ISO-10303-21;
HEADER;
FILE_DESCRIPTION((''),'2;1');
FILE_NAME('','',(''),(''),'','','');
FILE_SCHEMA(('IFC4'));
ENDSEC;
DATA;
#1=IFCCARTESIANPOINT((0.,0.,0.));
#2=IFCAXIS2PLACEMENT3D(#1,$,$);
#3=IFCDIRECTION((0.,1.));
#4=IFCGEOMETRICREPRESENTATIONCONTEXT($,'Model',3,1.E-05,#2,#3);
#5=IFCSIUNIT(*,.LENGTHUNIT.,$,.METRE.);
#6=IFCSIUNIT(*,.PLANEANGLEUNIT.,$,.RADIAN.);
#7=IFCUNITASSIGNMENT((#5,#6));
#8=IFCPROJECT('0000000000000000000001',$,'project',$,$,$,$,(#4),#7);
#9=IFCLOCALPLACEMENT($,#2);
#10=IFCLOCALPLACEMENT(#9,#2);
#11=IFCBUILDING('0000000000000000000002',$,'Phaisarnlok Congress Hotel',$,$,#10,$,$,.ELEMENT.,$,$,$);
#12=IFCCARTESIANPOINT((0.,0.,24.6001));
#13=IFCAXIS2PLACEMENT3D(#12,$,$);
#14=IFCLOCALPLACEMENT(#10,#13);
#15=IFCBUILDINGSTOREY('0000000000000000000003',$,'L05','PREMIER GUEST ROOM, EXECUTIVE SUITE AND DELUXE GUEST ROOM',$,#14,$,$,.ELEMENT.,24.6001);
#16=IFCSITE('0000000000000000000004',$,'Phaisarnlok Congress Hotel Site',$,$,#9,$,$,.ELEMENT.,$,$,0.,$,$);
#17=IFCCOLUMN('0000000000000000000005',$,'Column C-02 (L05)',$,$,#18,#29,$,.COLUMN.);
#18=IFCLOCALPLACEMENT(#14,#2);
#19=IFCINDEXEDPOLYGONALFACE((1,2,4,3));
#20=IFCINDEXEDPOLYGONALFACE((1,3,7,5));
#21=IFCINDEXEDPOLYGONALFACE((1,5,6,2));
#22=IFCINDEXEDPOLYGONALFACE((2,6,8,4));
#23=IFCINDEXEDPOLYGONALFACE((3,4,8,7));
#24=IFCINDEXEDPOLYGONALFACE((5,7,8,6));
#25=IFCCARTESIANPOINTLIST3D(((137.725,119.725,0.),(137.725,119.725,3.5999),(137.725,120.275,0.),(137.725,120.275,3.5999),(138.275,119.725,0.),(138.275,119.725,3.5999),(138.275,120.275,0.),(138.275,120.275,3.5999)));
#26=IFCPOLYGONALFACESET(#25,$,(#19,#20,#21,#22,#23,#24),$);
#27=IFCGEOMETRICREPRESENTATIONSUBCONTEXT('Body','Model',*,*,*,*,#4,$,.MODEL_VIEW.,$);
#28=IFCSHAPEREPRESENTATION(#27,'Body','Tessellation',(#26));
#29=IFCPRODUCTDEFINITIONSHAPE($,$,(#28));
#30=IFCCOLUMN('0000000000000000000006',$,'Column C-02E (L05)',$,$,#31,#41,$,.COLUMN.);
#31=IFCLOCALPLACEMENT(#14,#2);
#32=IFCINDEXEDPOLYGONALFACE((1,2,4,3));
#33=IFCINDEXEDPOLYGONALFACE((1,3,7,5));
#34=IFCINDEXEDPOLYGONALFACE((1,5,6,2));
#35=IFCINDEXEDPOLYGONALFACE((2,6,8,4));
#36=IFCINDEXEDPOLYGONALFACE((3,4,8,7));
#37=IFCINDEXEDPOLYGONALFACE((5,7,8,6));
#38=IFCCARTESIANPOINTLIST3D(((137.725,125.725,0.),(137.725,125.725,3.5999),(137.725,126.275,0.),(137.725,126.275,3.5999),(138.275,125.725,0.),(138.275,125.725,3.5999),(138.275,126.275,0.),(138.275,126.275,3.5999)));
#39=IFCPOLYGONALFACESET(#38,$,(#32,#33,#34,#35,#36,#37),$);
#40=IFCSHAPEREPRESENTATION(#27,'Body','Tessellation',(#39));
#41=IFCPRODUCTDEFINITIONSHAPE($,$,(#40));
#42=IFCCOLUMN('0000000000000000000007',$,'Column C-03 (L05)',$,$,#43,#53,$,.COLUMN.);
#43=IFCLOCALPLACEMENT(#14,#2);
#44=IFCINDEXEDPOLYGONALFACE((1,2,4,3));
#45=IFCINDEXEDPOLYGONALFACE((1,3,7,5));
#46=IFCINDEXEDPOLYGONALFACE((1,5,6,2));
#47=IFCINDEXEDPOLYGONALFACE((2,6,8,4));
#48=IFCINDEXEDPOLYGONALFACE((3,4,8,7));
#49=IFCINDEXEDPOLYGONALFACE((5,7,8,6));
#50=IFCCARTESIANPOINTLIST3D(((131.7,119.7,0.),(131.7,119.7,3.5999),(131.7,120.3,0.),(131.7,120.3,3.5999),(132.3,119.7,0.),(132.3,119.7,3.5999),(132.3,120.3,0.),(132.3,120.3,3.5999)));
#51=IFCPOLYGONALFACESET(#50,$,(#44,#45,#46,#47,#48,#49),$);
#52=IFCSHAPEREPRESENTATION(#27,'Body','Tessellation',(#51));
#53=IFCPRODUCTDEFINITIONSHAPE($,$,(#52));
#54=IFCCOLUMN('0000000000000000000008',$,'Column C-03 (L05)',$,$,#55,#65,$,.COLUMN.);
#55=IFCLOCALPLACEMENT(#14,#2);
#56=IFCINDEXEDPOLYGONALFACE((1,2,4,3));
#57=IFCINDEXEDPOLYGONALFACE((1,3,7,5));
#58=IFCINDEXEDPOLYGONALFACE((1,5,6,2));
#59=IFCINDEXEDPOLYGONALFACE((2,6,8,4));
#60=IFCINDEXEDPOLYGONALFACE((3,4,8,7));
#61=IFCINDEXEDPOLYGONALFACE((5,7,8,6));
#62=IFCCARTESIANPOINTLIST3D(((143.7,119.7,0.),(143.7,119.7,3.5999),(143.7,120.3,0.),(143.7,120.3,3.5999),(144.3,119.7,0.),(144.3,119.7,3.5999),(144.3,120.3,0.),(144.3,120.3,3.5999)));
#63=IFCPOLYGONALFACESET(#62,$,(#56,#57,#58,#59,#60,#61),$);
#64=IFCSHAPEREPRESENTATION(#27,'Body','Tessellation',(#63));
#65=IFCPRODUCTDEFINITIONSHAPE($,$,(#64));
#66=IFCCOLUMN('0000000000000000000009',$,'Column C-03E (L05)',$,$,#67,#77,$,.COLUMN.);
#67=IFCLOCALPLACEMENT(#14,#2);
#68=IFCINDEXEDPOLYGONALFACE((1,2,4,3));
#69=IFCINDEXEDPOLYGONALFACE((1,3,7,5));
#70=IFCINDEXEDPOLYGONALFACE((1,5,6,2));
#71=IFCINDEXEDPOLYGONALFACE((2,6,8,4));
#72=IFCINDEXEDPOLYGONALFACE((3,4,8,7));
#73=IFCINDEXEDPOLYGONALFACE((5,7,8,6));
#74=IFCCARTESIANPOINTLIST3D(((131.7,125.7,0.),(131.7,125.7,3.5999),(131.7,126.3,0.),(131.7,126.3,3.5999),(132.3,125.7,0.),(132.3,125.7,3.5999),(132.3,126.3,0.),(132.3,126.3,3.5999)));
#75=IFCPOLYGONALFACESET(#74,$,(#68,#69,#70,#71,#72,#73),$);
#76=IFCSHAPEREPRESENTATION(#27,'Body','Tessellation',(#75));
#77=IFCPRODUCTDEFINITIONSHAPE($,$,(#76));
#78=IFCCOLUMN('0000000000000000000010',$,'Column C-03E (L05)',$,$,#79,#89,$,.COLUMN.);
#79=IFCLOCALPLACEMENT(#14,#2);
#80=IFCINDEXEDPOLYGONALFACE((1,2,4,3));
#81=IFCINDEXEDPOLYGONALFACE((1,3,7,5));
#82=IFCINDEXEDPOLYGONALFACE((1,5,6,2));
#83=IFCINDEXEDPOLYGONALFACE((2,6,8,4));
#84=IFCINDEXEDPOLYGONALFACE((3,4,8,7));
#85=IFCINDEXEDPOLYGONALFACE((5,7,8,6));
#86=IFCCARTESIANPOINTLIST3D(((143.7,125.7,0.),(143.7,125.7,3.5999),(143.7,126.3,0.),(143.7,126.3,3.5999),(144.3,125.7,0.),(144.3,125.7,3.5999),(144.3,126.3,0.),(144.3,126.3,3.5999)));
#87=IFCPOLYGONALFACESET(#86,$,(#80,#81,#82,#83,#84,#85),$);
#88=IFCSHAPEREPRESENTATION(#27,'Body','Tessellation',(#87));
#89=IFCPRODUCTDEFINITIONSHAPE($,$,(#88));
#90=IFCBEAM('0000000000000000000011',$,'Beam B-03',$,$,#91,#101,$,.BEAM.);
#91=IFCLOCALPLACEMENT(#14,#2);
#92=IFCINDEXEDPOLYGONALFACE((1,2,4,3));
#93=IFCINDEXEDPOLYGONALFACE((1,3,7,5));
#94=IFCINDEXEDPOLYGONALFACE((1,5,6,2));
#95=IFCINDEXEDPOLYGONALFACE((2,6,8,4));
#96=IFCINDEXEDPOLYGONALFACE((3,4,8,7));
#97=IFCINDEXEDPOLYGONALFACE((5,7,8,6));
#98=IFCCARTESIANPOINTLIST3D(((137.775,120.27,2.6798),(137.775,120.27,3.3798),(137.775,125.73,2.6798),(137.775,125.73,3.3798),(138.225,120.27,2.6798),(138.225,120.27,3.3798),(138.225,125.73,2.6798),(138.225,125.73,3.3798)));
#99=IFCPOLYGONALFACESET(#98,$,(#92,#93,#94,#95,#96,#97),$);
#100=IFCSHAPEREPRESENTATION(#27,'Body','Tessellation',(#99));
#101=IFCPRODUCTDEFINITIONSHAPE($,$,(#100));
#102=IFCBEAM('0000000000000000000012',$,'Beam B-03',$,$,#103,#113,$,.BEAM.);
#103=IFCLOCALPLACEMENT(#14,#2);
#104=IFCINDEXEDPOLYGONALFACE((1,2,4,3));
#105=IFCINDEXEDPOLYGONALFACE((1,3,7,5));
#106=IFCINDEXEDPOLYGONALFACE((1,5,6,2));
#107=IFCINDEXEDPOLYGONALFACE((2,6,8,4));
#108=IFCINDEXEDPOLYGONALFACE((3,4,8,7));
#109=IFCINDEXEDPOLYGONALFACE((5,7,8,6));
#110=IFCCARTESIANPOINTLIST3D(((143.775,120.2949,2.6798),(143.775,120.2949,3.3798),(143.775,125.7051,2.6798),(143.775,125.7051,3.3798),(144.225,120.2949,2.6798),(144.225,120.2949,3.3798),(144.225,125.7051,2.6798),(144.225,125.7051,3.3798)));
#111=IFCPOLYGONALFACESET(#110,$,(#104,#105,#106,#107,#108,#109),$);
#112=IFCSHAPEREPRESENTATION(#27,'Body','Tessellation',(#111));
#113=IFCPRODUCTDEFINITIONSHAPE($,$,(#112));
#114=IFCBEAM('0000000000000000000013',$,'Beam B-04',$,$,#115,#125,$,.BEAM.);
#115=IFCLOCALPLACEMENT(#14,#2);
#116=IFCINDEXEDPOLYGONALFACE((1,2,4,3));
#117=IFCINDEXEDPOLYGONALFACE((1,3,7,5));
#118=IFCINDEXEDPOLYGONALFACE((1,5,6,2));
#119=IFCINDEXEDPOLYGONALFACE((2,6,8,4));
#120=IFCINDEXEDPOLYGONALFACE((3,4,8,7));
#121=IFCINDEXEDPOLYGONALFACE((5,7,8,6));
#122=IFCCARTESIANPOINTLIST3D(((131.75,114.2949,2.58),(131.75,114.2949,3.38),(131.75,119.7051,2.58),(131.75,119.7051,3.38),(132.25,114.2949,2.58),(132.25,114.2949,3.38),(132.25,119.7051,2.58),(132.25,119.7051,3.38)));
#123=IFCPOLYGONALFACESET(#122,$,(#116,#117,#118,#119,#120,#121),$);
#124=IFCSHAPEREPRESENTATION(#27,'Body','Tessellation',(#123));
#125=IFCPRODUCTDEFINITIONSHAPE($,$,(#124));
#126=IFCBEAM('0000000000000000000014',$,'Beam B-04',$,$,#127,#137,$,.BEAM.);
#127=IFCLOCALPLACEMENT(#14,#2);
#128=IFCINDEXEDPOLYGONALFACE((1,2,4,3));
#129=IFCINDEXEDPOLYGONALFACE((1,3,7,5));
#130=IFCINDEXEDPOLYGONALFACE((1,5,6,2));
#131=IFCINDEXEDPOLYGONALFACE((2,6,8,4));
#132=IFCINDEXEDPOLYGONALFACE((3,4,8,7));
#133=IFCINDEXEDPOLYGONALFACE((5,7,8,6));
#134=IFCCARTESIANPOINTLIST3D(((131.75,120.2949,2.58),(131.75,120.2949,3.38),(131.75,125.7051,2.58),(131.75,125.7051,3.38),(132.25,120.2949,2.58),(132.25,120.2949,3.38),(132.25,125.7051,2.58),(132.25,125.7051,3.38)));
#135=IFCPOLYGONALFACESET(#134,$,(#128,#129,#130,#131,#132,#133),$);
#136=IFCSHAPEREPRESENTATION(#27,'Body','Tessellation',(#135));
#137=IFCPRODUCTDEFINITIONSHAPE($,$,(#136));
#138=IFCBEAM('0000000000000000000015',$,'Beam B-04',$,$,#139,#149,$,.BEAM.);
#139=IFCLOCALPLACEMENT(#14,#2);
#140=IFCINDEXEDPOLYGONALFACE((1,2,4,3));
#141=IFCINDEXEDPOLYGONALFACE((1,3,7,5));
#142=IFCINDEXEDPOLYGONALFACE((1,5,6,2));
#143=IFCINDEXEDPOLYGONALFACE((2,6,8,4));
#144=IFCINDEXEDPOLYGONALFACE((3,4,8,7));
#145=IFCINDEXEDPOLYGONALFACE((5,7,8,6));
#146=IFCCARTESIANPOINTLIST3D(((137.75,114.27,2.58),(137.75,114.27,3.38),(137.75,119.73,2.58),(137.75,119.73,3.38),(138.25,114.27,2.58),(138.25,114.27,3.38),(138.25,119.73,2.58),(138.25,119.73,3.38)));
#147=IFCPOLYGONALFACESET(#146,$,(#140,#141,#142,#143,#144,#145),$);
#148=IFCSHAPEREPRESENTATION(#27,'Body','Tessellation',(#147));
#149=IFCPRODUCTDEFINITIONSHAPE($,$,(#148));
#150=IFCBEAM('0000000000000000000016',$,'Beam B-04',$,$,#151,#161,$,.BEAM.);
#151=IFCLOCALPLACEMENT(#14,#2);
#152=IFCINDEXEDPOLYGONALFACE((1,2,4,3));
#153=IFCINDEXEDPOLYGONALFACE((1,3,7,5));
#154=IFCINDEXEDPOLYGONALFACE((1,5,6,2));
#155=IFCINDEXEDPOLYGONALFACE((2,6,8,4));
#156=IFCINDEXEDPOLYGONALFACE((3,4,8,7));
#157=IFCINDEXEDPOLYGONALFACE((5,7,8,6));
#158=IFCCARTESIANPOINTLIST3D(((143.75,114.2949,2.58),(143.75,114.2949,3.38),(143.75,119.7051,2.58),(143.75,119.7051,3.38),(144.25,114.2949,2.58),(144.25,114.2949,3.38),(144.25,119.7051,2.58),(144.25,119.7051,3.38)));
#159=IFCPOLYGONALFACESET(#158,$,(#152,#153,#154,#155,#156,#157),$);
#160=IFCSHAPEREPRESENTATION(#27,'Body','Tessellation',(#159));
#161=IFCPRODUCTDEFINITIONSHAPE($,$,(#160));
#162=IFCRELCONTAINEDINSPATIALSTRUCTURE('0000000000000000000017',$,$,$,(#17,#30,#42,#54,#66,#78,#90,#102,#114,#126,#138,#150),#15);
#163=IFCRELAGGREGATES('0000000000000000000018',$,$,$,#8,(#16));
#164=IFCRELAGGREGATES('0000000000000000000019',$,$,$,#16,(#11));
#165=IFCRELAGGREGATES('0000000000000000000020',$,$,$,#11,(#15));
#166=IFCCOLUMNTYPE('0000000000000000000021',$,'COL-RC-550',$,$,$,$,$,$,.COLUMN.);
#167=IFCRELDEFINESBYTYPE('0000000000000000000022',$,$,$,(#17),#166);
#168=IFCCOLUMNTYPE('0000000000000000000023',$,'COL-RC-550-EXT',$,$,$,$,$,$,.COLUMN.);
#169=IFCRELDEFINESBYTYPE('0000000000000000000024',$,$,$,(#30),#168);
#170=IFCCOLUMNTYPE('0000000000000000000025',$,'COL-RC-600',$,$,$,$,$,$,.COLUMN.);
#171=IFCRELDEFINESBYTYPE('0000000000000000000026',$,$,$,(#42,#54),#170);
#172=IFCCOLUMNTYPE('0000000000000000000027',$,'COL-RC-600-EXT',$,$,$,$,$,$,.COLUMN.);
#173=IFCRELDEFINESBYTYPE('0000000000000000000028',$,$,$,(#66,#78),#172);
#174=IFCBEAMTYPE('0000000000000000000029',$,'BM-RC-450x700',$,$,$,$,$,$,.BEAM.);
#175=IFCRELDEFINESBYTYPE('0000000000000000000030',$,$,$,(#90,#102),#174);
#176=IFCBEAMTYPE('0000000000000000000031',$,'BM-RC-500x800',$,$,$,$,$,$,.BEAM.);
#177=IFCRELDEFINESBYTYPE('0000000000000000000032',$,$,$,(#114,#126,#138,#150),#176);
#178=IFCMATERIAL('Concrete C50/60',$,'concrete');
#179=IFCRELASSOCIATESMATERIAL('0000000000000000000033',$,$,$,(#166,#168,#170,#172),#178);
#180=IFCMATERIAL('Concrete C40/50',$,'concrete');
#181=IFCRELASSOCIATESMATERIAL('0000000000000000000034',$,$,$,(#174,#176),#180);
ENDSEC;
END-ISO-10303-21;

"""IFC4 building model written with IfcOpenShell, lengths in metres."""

from ifc_helpers import new_model, si_unit, direction, frame, origin, origin_2d, place, context, subcontext, project, spatial, rectangle, extrude, material, material_profile, profile_set, type_object, element, save


model = new_model("IFC4")

# Units and contexts
model_context = context("Model", 3, precision=1e-05, world=origin(), true_north=direction((0.0, 1.0)))
body_context = subcontext(model_context, "Body", "Model", "MODEL_VIEW")
ifc_project = project(units=[si_unit("LENGTHUNIT", "METRE"), si_unit("PLANEANGLEUNIT", "RADIAN")], contexts=[model_context])

# Site, building, storey
site_placement = place(None, origin())
site = spatial("IfcSite", under=ifc_project, at=site_placement, Name="Phaisarnlok Congress Hotel Site", CompositionType="ELEMENT", RefElevation=0.0)
building_placement = place(site_placement, origin())
building = spatial("IfcBuilding", under=site, at=building_placement, Name="Phaisarnlok Congress Hotel", CompositionType="ELEMENT")
storey_placement = place(building_placement, frame((0.0, 0.0, 24.6001)))
storey = spatial("IfcBuildingStorey", under=building, at=storey_placement, Name="L05", Description="PREMIER GUEST ROOM, EXECUTIVE SUITE AND DELUXE GUEST ROOM", CompositionType="ELEMENT", Elevation=24.6001)

# Columns
ifc_material_1 = material(Name="Concrete C50/60", Category="concrete")
ifc_material_profile_1 = material_profile(ifc_material_1, rectangle(XDim=0.55, YDim=0.55, at=origin_2d()), Name="RC 550x550")
ifc_profile_set_1 = profile_set([ifc_material_profile_1], Name="Concrete C50/60")
column_type_1 = type_object("IfcColumnType", Name="COL-RC-550", PredefinedType="COLUMN", material=ifc_profile_set_1)
column_1_placement = place(storey_placement, frame((138.0, 120.0, 0.0), z_axis=(0.0, 0.0, 1.0), x_axis=(1.0, 0.0, 0.0)))
element("IfcColumn", 1, at=column_1_placement, inside=storey, type_object=column_type_1, Name="Column C-02 (L05)", PredefinedType="COLUMN", context=body_context, shape_type="SweptSolid", body=[
    extrude(rectangle(XDim=0.55, YDim=0.55, at=origin_2d()), origin(), (0.0, 0.0, 1.0), 3.5999),
])
ifc_material_profile_2 = material_profile(ifc_material_1, rectangle(XDim=0.55, YDim=0.55, at=origin_2d()), Name="RC 550x550")
ifc_profile_set_2 = profile_set([ifc_material_profile_2], Name="Concrete C50/60")
column_type_2 = type_object("IfcColumnType", Name="COL-RC-550-EXT", PredefinedType="COLUMN", material=ifc_profile_set_2)
column_2_placement = place(storey_placement, frame((138.0, 126.0, 0.0), z_axis=(0.0, 0.0, 1.0), x_axis=(1.0, 0.0, 0.0)))
element("IfcColumn", 2, at=column_2_placement, inside=storey, type_object=column_type_2, Name="Column C-02E (L05)", PredefinedType="COLUMN", context=body_context, shape_type="SweptSolid", body=[
    extrude(rectangle(XDim=0.55, YDim=0.55, at=origin_2d()), origin(), (0.0, 0.0, 1.0), 3.5999),
])
ifc_material_profile_3 = material_profile(ifc_material_1, rectangle(XDim=0.6001, YDim=0.6001, at=origin_2d()), Name="RC 600x600")
ifc_profile_set_3 = profile_set([ifc_material_profile_3], Name="Concrete C50/60")
column_type_3 = type_object("IfcColumnType", Name="COL-RC-600", PredefinedType="COLUMN", material=ifc_profile_set_3)
for number, where, z_axis, x_axis, name in (
    (3, (132.0, 120.0, 0.0), (0.0, 0.0, 1.0), (1.0, 0.0, 0.0), "Column C-03 (L05)"),
    (4, (144.0, 120.0, 0.0), (0.0, 0.0, 1.0), (1.0, 0.0, 0.0), "Column C-03 (L05)"),
):
    element("IfcColumn", number, at=place(storey_placement, frame(where, z_axis=z_axis, x_axis=x_axis)), inside=storey, type_object=column_type_3, Name=name, PredefinedType="COLUMN", context=body_context, shape_type="SweptSolid", body=[
        extrude(rectangle(XDim=0.6001, YDim=0.6001, at=origin_2d()), origin(), (0.0, 0.0, 1.0), 3.5999),
    ])
ifc_material_profile_4 = material_profile(ifc_material_1, rectangle(XDim=0.6001, YDim=0.6001, at=origin_2d()), Name="RC 600x600")
ifc_profile_set_4 = profile_set([ifc_material_profile_4], Name="Concrete C50/60")
column_type_4 = type_object("IfcColumnType", Name="COL-RC-600-EXT", PredefinedType="COLUMN", material=ifc_profile_set_4)
for number, where, z_axis, x_axis, name in (
    (5, (132.0, 126.0, 0.0), (0.0, 0.0, 1.0), (1.0, 0.0, 0.0), "Column C-03E (L05)"),
    (6, (144.0, 126.0, 0.0), (0.0, 0.0, 1.0), (1.0, 0.0, 0.0), "Column C-03E (L05)"),
):
    element("IfcColumn", number, at=place(storey_placement, frame(where, z_axis=z_axis, x_axis=x_axis)), inside=storey, type_object=column_type_4, Name=name, PredefinedType="COLUMN", context=body_context, shape_type="SweptSolid", body=[
        extrude(rectangle(XDim=0.6001, YDim=0.6001, at=origin_2d()), origin(), (0.0, 0.0, 1.0), 3.5999),
    ])

# Beams
ifc_material_2 = material(Name="Concrete C40/50", Category="concrete")
ifc_material_profile_5 = material_profile(ifc_material_2, rectangle(XDim=0.45, YDim=0.7, at=origin_2d()), Name="RC 450x700")
ifc_profile_set_5 = profile_set([ifc_material_profile_5], Name="Concrete C40/50")
beam_type_1 = type_object("IfcBeamType", Name="BM-RC-450x700", PredefinedType="BEAM", material=ifc_profile_set_5)
beam_1_placement = place(storey_placement, frame((138.0, 120.27, 3.0298), z_axis=(0.0, 1.0, 0.0), x_axis=(-1.0, 0.0, 0.0)))
element("IfcBeam", 7, at=beam_1_placement, inside=storey, type_object=beam_type_1, Name="Beam B-03", PredefinedType="BEAM", context=body_context, shape_type="SweptSolid", body=[
    extrude(rectangle(XDim=0.45, YDim=0.7, at=origin_2d()), origin(), (0.0, 0.0, 1.0), 5.46),
])
beam_2_placement = place(storey_placement, frame((144.0, 120.2949, 3.0298), z_axis=(0.0, 1.0, 0.0), x_axis=(-1.0, 0.0, 0.0)))
element("IfcBeam", 8, at=beam_2_placement, inside=storey, type_object=beam_type_1, Name="Beam B-03", PredefinedType="BEAM", context=body_context, shape_type="SweptSolid", body=[
    extrude(rectangle(XDim=0.45, YDim=0.7, at=origin_2d()), origin(), (0.0, 0.0, 1.0), 5.4102),
])
ifc_material_profile_6 = material_profile(ifc_material_2, rectangle(XDim=0.5, YDim=0.8, at=origin_2d()), Name="RC 500x800")
ifc_profile_set_6 = profile_set([ifc_material_profile_6], Name="Concrete C40/50")
beam_type_2 = type_object("IfcBeamType", Name="BM-RC-500x800", PredefinedType="BEAM", material=ifc_profile_set_6)
for number, where, z_axis, x_axis, name in (
    (9, (132.0, 114.2949, 2.98), (0.0, 1.0, 0.0), (-1.0, 0.0, 0.0), "Beam B-04"),
    (10, (132.0, 120.2949, 2.98), (0.0, 1.0, 0.0), (-1.0, 0.0, 0.0), "Beam B-04"),
):
    element("IfcBeam", number, at=place(storey_placement, frame(where, z_axis=z_axis, x_axis=x_axis)), inside=storey, type_object=beam_type_2, Name=name, PredefinedType="BEAM", context=body_context, shape_type="SweptSolid", body=[
        extrude(rectangle(XDim=0.5, YDim=0.8, at=origin_2d()), origin(), (0.0, 0.0, 1.0), 5.4102),
    ])
beam_3_placement = place(storey_placement, frame((138.0, 114.27, 2.98), z_axis=(0.0, 1.0, 0.0), x_axis=(-1.0, 0.0, 0.0)))
element("IfcBeam", 11, at=beam_3_placement, inside=storey, type_object=beam_type_2, Name="Beam B-04", PredefinedType="BEAM", context=body_context, shape_type="SweptSolid", body=[
    extrude(rectangle(XDim=0.5, YDim=0.8, at=origin_2d()), origin(), (0.0, 0.0, 1.0), 5.46),
])
beam_4_placement = place(storey_placement, frame((144.0, 114.2949, 2.98), z_axis=(0.0, 1.0, 0.0), x_axis=(-1.0, 0.0, 0.0)))
element("IfcBeam", 12, at=beam_4_placement, inside=storey, type_object=beam_type_2, Name="Beam B-04", PredefinedType="BEAM", context=body_context, shape_type="SweptSolid", body=[
    extrude(rectangle(XDim=0.5, YDim=0.8, at=origin_2d()), origin(), (0.0, 0.0, 1.0), 5.4102),
])

save(model, "model.ifc")
